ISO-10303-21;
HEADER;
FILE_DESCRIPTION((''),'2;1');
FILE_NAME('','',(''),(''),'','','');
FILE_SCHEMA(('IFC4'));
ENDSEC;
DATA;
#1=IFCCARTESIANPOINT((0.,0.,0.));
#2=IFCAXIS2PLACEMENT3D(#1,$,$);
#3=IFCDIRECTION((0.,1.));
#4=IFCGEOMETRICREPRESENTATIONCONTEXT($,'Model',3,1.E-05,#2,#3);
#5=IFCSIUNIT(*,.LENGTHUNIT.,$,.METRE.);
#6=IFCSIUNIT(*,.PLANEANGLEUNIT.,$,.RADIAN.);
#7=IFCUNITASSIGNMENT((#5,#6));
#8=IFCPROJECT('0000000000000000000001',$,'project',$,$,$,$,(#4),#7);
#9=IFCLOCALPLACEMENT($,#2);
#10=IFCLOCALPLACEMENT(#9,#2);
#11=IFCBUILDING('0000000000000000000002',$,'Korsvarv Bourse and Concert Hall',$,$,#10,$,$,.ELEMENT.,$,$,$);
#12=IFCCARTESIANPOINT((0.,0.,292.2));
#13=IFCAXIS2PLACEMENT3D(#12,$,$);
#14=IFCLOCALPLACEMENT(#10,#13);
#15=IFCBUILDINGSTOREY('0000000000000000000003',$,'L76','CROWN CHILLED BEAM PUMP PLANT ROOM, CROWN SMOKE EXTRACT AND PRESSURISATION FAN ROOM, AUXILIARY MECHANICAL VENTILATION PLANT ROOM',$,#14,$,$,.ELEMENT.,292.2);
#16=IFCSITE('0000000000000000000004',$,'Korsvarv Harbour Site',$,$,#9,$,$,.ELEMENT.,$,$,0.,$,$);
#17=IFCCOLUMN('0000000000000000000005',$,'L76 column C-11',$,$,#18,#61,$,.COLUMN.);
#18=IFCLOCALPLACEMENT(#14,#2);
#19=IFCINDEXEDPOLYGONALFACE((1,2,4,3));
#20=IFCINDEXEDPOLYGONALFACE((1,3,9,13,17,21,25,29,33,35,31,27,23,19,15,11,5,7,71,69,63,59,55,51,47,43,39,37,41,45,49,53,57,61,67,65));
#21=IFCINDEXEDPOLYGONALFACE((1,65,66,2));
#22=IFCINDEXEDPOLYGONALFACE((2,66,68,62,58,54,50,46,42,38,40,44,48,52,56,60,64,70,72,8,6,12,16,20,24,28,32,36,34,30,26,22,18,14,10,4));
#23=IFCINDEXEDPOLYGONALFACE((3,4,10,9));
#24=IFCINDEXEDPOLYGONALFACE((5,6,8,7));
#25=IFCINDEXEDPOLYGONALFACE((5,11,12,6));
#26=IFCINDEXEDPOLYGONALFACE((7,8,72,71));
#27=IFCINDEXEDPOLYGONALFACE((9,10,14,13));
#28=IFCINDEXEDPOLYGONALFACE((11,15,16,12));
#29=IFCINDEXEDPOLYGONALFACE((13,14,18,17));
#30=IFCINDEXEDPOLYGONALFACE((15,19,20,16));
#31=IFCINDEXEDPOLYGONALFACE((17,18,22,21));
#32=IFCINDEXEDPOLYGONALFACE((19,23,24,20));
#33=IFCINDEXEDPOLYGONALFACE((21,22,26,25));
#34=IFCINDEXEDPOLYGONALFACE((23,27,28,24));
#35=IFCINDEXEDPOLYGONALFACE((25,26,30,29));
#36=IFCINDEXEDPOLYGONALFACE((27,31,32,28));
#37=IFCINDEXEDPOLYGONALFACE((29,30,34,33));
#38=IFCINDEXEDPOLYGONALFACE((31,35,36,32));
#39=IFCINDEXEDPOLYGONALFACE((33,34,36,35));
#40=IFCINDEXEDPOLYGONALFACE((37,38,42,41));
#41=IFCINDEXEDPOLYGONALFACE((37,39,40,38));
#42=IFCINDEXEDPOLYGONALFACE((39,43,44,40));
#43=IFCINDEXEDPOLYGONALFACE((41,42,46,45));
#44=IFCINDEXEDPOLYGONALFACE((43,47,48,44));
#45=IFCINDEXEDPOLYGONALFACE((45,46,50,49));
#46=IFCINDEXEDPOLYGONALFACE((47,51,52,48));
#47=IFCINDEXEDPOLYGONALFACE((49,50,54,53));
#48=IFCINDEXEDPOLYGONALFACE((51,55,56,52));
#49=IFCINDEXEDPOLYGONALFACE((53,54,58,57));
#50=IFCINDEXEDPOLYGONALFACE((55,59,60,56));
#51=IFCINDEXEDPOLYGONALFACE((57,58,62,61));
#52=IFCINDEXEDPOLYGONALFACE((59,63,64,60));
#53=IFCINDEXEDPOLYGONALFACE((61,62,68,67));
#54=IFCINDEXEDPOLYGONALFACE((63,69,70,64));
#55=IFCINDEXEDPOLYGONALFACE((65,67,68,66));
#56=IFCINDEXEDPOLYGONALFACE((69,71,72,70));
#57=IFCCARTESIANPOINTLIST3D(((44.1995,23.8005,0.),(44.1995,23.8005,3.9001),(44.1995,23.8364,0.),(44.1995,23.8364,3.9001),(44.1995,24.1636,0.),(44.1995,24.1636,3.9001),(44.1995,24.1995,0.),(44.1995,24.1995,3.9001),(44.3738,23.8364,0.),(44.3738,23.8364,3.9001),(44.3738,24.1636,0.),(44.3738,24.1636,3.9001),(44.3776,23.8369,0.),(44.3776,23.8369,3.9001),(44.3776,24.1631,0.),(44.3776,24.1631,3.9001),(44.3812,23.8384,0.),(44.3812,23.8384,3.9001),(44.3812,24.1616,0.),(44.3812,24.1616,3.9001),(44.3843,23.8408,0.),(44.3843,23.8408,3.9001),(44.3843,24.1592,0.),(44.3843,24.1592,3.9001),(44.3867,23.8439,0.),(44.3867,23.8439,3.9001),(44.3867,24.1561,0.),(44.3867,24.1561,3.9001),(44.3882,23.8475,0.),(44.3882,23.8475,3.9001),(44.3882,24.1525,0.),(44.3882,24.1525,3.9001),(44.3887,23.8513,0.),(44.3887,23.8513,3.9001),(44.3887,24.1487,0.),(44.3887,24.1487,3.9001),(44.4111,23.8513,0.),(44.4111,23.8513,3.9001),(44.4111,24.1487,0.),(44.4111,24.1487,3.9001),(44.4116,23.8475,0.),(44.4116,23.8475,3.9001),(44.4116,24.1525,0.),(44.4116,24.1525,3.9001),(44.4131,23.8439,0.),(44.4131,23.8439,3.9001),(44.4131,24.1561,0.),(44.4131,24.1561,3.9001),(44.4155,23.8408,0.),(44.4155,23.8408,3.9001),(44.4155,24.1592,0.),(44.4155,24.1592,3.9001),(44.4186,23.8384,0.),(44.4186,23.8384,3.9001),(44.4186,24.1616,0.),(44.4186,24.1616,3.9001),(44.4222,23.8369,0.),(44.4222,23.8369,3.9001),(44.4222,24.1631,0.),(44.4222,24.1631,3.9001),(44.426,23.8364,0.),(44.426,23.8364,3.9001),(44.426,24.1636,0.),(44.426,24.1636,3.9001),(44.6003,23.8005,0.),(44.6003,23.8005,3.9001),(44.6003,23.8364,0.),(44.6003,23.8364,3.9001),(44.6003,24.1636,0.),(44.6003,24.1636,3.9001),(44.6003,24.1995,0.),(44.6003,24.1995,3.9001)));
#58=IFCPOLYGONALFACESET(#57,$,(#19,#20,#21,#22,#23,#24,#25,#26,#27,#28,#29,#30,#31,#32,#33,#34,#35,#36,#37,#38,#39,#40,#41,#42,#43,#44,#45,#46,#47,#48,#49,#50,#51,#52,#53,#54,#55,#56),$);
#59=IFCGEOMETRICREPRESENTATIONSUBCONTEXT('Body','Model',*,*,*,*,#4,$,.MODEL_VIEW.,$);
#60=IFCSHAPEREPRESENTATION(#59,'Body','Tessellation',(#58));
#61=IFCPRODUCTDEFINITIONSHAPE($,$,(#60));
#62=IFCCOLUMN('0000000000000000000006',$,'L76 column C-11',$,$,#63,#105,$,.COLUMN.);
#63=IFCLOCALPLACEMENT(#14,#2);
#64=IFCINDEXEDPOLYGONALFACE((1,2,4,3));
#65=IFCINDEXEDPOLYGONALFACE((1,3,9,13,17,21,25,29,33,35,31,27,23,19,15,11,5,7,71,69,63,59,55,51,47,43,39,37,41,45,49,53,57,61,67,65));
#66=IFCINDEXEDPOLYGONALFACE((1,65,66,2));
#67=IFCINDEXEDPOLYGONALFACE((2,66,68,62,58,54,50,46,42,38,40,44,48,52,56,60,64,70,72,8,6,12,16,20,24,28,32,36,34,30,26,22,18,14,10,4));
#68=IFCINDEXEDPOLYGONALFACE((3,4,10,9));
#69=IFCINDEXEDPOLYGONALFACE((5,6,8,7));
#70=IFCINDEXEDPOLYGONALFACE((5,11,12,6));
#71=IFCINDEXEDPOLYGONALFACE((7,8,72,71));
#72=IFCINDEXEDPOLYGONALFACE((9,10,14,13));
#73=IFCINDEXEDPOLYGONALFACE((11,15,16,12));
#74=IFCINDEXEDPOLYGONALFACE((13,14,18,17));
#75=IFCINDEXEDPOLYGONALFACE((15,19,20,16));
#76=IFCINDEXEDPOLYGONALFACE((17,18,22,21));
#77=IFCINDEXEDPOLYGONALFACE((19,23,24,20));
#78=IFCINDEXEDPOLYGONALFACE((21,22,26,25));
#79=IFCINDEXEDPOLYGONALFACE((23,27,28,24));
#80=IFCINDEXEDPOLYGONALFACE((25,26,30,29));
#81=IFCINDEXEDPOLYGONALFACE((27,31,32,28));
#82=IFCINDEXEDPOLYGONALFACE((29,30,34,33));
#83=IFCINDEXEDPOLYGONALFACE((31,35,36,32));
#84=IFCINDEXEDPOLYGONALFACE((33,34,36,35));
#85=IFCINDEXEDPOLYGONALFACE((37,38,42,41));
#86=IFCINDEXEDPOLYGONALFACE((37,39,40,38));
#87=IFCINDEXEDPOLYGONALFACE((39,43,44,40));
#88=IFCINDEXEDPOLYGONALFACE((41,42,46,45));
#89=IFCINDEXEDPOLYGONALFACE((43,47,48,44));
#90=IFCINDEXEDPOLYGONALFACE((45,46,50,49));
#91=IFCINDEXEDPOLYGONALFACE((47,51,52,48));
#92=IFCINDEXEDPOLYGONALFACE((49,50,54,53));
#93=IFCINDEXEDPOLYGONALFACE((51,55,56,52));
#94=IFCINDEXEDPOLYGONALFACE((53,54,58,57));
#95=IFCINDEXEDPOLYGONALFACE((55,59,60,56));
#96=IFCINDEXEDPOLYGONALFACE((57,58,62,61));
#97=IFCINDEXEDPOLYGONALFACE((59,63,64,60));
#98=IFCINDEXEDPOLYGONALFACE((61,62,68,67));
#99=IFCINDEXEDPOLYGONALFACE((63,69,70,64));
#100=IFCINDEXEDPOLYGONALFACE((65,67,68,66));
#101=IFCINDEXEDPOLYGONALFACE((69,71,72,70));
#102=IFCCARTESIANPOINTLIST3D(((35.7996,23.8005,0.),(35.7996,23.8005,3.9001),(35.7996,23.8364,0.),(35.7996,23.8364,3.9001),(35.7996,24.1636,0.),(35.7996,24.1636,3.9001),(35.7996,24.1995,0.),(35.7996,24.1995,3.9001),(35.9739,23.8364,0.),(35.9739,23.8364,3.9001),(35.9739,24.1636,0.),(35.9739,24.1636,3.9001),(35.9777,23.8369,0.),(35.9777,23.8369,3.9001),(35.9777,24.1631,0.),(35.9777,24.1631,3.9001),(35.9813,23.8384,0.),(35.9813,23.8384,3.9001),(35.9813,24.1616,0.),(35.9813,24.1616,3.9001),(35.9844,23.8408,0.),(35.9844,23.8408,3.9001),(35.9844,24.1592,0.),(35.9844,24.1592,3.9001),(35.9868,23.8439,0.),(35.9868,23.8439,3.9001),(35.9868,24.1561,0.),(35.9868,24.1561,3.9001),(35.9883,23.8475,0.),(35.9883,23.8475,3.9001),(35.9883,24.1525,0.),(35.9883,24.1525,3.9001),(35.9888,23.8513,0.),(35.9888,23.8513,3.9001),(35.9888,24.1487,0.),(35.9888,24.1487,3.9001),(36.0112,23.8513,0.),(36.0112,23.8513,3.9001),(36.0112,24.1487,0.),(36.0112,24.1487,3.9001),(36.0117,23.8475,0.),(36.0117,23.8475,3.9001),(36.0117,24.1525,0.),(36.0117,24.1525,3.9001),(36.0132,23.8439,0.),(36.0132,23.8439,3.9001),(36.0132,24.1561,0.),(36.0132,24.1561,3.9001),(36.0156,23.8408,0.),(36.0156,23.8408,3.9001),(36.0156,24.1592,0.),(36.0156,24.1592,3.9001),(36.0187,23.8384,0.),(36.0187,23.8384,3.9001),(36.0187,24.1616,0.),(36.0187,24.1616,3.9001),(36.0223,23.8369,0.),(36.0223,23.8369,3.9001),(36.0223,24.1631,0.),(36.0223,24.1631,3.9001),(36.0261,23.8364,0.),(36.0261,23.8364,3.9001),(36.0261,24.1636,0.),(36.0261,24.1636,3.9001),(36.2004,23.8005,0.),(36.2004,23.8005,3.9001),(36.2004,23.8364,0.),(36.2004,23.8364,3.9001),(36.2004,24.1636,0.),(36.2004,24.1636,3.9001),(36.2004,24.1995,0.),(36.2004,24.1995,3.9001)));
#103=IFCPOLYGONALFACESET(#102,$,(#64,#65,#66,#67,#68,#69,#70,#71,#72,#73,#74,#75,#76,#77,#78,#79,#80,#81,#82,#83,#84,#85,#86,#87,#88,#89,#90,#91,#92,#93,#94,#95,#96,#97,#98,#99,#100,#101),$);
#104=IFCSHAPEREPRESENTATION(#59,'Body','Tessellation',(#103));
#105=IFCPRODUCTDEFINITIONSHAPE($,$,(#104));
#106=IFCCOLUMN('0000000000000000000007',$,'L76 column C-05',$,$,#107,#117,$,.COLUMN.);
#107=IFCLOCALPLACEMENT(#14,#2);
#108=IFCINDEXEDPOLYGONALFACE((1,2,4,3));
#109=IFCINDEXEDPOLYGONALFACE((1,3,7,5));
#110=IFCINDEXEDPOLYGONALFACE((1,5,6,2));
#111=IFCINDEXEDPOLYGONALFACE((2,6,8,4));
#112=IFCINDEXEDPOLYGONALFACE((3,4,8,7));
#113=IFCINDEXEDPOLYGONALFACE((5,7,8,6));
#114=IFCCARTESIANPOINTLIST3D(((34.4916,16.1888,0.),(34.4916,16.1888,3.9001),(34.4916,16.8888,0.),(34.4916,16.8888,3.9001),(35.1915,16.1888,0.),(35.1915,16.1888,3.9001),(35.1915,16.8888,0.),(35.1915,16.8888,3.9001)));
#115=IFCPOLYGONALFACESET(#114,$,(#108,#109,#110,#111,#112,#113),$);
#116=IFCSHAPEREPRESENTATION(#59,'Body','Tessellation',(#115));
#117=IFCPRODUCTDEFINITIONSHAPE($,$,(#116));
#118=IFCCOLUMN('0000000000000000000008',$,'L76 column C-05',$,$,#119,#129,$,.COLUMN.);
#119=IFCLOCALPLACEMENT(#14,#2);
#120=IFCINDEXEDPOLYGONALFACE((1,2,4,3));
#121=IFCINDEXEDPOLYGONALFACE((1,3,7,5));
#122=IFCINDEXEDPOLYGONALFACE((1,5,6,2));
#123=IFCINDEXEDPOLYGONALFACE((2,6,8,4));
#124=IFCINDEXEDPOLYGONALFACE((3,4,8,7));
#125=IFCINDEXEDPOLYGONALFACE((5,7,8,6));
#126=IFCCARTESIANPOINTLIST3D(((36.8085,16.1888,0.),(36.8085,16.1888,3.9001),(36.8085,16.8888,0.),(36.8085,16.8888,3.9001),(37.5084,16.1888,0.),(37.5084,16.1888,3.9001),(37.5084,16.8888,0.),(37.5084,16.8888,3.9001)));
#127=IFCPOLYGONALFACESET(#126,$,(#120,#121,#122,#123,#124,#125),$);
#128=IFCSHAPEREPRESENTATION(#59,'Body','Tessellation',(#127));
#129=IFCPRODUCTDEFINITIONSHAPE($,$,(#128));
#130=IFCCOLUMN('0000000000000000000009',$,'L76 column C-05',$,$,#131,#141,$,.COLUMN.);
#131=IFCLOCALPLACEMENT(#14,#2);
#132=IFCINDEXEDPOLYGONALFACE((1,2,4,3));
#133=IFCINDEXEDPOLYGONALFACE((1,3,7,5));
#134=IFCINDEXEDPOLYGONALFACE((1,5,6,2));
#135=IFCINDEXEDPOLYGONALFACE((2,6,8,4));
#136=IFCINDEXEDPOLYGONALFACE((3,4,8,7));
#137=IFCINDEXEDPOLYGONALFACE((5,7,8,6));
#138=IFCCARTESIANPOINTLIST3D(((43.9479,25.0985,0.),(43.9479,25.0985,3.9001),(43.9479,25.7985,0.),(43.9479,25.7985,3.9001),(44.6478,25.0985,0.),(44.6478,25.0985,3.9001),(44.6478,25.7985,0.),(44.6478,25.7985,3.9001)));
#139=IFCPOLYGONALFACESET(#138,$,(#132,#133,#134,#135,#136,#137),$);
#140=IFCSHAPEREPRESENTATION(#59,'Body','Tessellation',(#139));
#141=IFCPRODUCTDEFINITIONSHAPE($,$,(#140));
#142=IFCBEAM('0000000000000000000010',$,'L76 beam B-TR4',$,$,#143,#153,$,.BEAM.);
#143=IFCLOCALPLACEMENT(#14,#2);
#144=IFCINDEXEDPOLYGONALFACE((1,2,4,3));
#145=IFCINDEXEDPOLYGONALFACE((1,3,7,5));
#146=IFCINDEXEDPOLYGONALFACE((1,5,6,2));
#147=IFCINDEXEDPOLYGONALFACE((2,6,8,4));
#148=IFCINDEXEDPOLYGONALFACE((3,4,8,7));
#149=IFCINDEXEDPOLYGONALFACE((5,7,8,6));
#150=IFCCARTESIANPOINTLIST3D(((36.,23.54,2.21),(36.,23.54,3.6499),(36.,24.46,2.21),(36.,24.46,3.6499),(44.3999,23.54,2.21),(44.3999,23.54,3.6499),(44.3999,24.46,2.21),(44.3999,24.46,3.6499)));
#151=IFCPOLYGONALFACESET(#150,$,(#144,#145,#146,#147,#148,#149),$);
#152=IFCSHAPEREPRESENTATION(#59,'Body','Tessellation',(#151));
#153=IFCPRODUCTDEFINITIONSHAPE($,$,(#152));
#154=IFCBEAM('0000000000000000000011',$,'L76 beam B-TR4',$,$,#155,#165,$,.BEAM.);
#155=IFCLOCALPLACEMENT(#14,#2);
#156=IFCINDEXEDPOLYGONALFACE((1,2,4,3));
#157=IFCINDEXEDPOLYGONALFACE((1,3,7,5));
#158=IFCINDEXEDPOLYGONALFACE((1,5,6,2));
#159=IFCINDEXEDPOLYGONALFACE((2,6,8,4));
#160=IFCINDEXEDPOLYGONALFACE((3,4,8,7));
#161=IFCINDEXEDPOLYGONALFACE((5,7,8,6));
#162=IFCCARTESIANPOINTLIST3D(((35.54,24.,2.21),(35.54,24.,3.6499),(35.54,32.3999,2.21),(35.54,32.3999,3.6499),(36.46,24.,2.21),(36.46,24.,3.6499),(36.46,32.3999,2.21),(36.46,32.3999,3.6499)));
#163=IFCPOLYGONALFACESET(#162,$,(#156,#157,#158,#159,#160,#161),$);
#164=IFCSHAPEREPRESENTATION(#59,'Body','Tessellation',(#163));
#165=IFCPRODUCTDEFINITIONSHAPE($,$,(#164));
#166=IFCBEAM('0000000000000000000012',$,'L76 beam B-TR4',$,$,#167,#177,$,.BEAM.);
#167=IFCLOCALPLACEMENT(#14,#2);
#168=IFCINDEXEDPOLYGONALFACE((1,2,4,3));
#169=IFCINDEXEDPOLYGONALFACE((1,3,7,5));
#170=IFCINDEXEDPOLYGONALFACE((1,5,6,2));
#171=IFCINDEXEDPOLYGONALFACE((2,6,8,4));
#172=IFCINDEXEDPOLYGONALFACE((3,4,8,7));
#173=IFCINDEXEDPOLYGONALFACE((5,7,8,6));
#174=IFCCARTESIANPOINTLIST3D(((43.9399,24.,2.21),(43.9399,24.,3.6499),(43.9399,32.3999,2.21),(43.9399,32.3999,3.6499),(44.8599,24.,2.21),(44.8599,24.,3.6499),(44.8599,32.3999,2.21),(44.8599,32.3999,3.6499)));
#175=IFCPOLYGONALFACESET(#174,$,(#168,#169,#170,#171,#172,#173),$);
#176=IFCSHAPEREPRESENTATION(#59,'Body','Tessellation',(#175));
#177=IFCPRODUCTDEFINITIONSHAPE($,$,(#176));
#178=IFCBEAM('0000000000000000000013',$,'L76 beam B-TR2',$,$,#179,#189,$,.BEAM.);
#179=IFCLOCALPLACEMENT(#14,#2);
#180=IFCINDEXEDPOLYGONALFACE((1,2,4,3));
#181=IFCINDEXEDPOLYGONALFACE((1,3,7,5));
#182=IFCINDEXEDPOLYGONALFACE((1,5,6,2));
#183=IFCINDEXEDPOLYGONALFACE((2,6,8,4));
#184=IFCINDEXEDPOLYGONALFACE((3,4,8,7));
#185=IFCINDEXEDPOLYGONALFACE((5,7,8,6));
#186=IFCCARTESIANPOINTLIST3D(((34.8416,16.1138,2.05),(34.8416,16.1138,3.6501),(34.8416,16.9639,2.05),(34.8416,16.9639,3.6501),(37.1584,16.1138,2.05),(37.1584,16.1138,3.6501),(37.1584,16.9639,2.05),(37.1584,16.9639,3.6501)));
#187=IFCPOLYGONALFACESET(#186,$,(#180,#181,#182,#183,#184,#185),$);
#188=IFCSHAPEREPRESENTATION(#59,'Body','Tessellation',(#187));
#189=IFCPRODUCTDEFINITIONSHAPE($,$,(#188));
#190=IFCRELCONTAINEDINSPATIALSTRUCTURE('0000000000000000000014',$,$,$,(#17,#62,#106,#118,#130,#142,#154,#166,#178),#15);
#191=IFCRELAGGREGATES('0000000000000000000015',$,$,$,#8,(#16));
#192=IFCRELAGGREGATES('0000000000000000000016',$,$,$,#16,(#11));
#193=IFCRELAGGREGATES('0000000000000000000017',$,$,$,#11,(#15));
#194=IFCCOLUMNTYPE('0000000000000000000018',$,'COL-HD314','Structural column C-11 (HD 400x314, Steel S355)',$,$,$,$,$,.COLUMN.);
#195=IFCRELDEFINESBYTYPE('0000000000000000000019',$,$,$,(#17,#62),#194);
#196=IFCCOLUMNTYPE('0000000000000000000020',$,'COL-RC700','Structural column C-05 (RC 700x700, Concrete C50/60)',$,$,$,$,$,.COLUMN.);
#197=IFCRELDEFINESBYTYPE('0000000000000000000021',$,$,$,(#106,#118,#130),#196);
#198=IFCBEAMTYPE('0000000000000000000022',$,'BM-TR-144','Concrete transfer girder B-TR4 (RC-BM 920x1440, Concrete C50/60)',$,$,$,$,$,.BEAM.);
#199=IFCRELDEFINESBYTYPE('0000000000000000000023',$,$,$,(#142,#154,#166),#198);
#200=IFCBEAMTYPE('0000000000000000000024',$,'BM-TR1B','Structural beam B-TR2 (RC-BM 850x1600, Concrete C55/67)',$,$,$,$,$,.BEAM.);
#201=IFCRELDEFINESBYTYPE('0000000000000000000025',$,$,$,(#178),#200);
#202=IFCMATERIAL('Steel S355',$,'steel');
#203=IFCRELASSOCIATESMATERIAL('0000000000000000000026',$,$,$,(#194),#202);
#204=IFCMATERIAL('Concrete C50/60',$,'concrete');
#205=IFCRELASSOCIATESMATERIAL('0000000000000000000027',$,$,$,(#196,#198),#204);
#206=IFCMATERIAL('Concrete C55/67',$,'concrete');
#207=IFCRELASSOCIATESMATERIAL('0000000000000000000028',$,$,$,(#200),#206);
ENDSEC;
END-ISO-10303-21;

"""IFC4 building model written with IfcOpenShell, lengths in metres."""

from ifc_helpers import new_model, si_unit, direction, frame, origin, origin_2d, place, context, subcontext, project, spatial, rectangle, i_section, extrude, source, transform, mapped, material, material_profile, profile_set, type_object, element, save


model = new_model("IFC4")

# Units and contexts
model_context = context("Model", 3, precision=1e-05, world=origin(), true_north=direction((0.0, 1.0)))
body_context = subcontext(model_context, "Body", "Model", "MODEL_VIEW")
ifc_project = project(units=[si_unit("LENGTHUNIT", "METRE"), si_unit("PLANEANGLEUNIT", "RADIAN")], contexts=[model_context])

# Site, building, storey
site_placement = place(None, origin())
site = spatial("IfcSite", under=ifc_project, at=site_placement, Name="Korsvarv Harbour Site", CompositionType="ELEMENT", RefElevation=0.0)
building_placement = place(site_placement, origin())
building = spatial("IfcBuilding", under=site, at=building_placement, Name="Korsvarv Bourse and Concert Hall", CompositionType="ELEMENT")
storey_placement = place(building_placement, frame((0.0, 0.0, 292.2)))
storey = spatial("IfcBuildingStorey", under=building, at=storey_placement, Name="L76", Description="CROWN CHILLED BEAM PUMP PLANT ROOM, CROWN SMOKE EXTRACT AND PRESSURISATION FAN ROOM, AUXILIARY MECHANICAL VENTILATION PLANT ROOM", CompositionType="ELEMENT", Elevation=292.2)

# Columns
ifc_material_1 = material(Name="Steel S355", Category="steel")
ifc_material_profile_1 = material_profile(ifc_material_1, i_section(OverallWidth=0.4009, OverallDepth=0.3989, WebThickness=0.0225, FlangeThickness=0.0359, FilletRadius=0.0149, at=origin_2d()), Name="HD 400x314")
ifc_profile_set_1 = profile_set([ifc_material_profile_1], Name="Steel S355")
column_type_1 = type_object("IfcColumnType", Name="COL-HD314", Description="Structural column C-11 (HD 400x314, Steel S355)", PredefinedType="COLUMN", material=ifc_profile_set_1)
shared_shape_1 = source(origin(), body_context, "Body", "SweptSolid", [
    extrude(i_section(OverallWidth=0.4009, OverallDepth=0.3989, WebThickness=0.0225, FlangeThickness=0.0359, FilletRadius=0.0149, at=origin_2d()), origin(), (0.0, 0.0, 1.0), 3.9001),
])
for number, where, z_axis, x_axis, name in (
    (1, (44.3999, 24.0, 0.0), (0.0, 0.0, 1.0), (1.0, 0.0, 0.0), "L76 column C-11"),
    (2, (36.0, 24.0, 0.0), (0.0, 0.0, 1.0), (1.0, 0.0, 0.0), "L76 column C-11"),
):
    element("IfcColumn", number, at=place(storey_placement, frame(where, z_axis=z_axis, x_axis=x_axis)), inside=storey, type_object=column_type_1, Name=name, PredefinedType="COLUMN", context=body_context, shape_type="MappedRepresentation", body=[
        mapped(shared_shape_1, transform((0.0, 0.0, 0.0), scale=1.0)),
    ])
ifc_material_2 = material(Name="Concrete C50/60", Category="concrete")
ifc_material_profile_2 = material_profile(ifc_material_2, rectangle(XDim=0.7, YDim=0.7, at=origin_2d()), Name="RC 700x700")
ifc_profile_set_2 = profile_set([ifc_material_profile_2], Name="Concrete C50/60")
column_type_2 = type_object("IfcColumnType", Name="COL-RC700", Description="Structural column C-05 (RC 700x700, Concrete C50/60)", PredefinedType="COLUMN", material=ifc_profile_set_2)
shared_shape_2 = source(origin(), body_context, "Body", "SweptSolid", [
    extrude(rectangle(XDim=0.7, YDim=0.7, at=origin_2d()), origin(), (0.0, 0.0, 1.0), 3.9001),
])
for number, where, z_axis, x_axis, name in (
    (3, (34.8416, 16.5388, 0.0), (0.0, 0.0, 1.0), (1.0, 0.0, 0.0), "L76 column C-05"),
    (4, (37.1584, 16.5388, 0.0), (0.0, 0.0, 1.0), (1.0, 0.0, 0.0), "L76 column C-05"),
    (5, (44.2979, 25.4485, 0.0), (0.0, 0.0, 1.0), (1.0, 0.0, 0.0), "L76 column C-05"),
):
    element("IfcColumn", number, at=place(storey_placement, frame(where, z_axis=z_axis, x_axis=x_axis)), inside=storey, type_object=column_type_2, Name=name, PredefinedType="COLUMN", context=body_context, shape_type="MappedRepresentation", body=[
        mapped(shared_shape_2, transform((0.0, 0.0, 0.0), scale=1.0)),
    ])

# Beams
ifc_material_profile_3 = material_profile(ifc_material_2, rectangle(XDim=0.9199, YDim=1.4399, at=origin_2d()), Name="RC-BM 920x1440")
ifc_profile_set_3 = profile_set([ifc_material_profile_3], Name="Concrete C50/60")
beam_type_1 = type_object("IfcBeamType", Name="BM-TR-144", Description="Concrete transfer girder B-TR4 (RC-BM 920x1440, Concrete C50/60)", PredefinedType="BEAM", material=ifc_profile_set_3)
shared_shape_3 = source(origin(), body_context, "Body", "SweptSolid", [
    extrude(rectangle(XDim=0.9199, YDim=1.4399, at=origin_2d()), origin(), (0.0, 0.0, 1.0), 8.3999),
])
for number, where, z_axis, x_axis, name in (
    (6, (36.0, 24.0, 2.9299), (1.0, 0.0, 0.0), (0.0, 1.0, 0.0), "L76 beam B-TR4"),
    (7, (36.0, 24.0, 2.9299), (0.0, 1.0, 0.0), (-1.0, 0.0, 0.0), "L76 beam B-TR4"),
    (8, (44.3999, 24.0, 2.9299), (0.0, 1.0, 0.0), (-1.0, 0.0, 0.0), "L76 beam B-TR4"),
):
    element("IfcBeam", number, at=place(storey_placement, frame(where, z_axis=z_axis, x_axis=x_axis)), inside=storey, type_object=beam_type_1, Name=name, PredefinedType="BEAM", context=body_context, shape_type="MappedRepresentation", body=[
        mapped(shared_shape_3, transform((0.0, 0.0, 0.0), scale=1.0)),
    ])
ifc_material_3 = material(Name="Concrete C55/67", Category="concrete")
ifc_material_profile_4 = material_profile(ifc_material_3, rectangle(XDim=0.8501, YDim=1.6001, at=origin_2d()), Name="RC-BM 850x1600")
ifc_profile_set_4 = profile_set([ifc_material_profile_4], Name="Concrete C55/67")
beam_type_2 = type_object("IfcBeamType", Name="BM-TR1B", Description="Structural beam B-TR2 (RC-BM 850x1600, Concrete C55/67)", PredefinedType="BEAM", material=ifc_profile_set_4)
shared_shape_4 = source(origin(), body_context, "Body", "SweptSolid", [
    extrude(rectangle(XDim=0.8501, YDim=1.6001, at=origin_2d()), origin(), (0.0, 0.0, 1.0), 2.3169),
])
beam_1_placement = place(storey_placement, frame((34.8416, 16.5388, 2.8501), z_axis=(1.0, 0.0, 0.0), x_axis=(0.0, 1.0, 0.0)))
element("IfcBeam", 9, at=beam_1_placement, inside=storey, type_object=beam_type_2, Name="L76 beam B-TR2", PredefinedType="BEAM", context=body_context, shape_type="MappedRepresentation", body=[
    mapped(shared_shape_4, transform((0.0, 0.0, 0.0), scale=1.0)),
])

save(model, "model.ifc")
